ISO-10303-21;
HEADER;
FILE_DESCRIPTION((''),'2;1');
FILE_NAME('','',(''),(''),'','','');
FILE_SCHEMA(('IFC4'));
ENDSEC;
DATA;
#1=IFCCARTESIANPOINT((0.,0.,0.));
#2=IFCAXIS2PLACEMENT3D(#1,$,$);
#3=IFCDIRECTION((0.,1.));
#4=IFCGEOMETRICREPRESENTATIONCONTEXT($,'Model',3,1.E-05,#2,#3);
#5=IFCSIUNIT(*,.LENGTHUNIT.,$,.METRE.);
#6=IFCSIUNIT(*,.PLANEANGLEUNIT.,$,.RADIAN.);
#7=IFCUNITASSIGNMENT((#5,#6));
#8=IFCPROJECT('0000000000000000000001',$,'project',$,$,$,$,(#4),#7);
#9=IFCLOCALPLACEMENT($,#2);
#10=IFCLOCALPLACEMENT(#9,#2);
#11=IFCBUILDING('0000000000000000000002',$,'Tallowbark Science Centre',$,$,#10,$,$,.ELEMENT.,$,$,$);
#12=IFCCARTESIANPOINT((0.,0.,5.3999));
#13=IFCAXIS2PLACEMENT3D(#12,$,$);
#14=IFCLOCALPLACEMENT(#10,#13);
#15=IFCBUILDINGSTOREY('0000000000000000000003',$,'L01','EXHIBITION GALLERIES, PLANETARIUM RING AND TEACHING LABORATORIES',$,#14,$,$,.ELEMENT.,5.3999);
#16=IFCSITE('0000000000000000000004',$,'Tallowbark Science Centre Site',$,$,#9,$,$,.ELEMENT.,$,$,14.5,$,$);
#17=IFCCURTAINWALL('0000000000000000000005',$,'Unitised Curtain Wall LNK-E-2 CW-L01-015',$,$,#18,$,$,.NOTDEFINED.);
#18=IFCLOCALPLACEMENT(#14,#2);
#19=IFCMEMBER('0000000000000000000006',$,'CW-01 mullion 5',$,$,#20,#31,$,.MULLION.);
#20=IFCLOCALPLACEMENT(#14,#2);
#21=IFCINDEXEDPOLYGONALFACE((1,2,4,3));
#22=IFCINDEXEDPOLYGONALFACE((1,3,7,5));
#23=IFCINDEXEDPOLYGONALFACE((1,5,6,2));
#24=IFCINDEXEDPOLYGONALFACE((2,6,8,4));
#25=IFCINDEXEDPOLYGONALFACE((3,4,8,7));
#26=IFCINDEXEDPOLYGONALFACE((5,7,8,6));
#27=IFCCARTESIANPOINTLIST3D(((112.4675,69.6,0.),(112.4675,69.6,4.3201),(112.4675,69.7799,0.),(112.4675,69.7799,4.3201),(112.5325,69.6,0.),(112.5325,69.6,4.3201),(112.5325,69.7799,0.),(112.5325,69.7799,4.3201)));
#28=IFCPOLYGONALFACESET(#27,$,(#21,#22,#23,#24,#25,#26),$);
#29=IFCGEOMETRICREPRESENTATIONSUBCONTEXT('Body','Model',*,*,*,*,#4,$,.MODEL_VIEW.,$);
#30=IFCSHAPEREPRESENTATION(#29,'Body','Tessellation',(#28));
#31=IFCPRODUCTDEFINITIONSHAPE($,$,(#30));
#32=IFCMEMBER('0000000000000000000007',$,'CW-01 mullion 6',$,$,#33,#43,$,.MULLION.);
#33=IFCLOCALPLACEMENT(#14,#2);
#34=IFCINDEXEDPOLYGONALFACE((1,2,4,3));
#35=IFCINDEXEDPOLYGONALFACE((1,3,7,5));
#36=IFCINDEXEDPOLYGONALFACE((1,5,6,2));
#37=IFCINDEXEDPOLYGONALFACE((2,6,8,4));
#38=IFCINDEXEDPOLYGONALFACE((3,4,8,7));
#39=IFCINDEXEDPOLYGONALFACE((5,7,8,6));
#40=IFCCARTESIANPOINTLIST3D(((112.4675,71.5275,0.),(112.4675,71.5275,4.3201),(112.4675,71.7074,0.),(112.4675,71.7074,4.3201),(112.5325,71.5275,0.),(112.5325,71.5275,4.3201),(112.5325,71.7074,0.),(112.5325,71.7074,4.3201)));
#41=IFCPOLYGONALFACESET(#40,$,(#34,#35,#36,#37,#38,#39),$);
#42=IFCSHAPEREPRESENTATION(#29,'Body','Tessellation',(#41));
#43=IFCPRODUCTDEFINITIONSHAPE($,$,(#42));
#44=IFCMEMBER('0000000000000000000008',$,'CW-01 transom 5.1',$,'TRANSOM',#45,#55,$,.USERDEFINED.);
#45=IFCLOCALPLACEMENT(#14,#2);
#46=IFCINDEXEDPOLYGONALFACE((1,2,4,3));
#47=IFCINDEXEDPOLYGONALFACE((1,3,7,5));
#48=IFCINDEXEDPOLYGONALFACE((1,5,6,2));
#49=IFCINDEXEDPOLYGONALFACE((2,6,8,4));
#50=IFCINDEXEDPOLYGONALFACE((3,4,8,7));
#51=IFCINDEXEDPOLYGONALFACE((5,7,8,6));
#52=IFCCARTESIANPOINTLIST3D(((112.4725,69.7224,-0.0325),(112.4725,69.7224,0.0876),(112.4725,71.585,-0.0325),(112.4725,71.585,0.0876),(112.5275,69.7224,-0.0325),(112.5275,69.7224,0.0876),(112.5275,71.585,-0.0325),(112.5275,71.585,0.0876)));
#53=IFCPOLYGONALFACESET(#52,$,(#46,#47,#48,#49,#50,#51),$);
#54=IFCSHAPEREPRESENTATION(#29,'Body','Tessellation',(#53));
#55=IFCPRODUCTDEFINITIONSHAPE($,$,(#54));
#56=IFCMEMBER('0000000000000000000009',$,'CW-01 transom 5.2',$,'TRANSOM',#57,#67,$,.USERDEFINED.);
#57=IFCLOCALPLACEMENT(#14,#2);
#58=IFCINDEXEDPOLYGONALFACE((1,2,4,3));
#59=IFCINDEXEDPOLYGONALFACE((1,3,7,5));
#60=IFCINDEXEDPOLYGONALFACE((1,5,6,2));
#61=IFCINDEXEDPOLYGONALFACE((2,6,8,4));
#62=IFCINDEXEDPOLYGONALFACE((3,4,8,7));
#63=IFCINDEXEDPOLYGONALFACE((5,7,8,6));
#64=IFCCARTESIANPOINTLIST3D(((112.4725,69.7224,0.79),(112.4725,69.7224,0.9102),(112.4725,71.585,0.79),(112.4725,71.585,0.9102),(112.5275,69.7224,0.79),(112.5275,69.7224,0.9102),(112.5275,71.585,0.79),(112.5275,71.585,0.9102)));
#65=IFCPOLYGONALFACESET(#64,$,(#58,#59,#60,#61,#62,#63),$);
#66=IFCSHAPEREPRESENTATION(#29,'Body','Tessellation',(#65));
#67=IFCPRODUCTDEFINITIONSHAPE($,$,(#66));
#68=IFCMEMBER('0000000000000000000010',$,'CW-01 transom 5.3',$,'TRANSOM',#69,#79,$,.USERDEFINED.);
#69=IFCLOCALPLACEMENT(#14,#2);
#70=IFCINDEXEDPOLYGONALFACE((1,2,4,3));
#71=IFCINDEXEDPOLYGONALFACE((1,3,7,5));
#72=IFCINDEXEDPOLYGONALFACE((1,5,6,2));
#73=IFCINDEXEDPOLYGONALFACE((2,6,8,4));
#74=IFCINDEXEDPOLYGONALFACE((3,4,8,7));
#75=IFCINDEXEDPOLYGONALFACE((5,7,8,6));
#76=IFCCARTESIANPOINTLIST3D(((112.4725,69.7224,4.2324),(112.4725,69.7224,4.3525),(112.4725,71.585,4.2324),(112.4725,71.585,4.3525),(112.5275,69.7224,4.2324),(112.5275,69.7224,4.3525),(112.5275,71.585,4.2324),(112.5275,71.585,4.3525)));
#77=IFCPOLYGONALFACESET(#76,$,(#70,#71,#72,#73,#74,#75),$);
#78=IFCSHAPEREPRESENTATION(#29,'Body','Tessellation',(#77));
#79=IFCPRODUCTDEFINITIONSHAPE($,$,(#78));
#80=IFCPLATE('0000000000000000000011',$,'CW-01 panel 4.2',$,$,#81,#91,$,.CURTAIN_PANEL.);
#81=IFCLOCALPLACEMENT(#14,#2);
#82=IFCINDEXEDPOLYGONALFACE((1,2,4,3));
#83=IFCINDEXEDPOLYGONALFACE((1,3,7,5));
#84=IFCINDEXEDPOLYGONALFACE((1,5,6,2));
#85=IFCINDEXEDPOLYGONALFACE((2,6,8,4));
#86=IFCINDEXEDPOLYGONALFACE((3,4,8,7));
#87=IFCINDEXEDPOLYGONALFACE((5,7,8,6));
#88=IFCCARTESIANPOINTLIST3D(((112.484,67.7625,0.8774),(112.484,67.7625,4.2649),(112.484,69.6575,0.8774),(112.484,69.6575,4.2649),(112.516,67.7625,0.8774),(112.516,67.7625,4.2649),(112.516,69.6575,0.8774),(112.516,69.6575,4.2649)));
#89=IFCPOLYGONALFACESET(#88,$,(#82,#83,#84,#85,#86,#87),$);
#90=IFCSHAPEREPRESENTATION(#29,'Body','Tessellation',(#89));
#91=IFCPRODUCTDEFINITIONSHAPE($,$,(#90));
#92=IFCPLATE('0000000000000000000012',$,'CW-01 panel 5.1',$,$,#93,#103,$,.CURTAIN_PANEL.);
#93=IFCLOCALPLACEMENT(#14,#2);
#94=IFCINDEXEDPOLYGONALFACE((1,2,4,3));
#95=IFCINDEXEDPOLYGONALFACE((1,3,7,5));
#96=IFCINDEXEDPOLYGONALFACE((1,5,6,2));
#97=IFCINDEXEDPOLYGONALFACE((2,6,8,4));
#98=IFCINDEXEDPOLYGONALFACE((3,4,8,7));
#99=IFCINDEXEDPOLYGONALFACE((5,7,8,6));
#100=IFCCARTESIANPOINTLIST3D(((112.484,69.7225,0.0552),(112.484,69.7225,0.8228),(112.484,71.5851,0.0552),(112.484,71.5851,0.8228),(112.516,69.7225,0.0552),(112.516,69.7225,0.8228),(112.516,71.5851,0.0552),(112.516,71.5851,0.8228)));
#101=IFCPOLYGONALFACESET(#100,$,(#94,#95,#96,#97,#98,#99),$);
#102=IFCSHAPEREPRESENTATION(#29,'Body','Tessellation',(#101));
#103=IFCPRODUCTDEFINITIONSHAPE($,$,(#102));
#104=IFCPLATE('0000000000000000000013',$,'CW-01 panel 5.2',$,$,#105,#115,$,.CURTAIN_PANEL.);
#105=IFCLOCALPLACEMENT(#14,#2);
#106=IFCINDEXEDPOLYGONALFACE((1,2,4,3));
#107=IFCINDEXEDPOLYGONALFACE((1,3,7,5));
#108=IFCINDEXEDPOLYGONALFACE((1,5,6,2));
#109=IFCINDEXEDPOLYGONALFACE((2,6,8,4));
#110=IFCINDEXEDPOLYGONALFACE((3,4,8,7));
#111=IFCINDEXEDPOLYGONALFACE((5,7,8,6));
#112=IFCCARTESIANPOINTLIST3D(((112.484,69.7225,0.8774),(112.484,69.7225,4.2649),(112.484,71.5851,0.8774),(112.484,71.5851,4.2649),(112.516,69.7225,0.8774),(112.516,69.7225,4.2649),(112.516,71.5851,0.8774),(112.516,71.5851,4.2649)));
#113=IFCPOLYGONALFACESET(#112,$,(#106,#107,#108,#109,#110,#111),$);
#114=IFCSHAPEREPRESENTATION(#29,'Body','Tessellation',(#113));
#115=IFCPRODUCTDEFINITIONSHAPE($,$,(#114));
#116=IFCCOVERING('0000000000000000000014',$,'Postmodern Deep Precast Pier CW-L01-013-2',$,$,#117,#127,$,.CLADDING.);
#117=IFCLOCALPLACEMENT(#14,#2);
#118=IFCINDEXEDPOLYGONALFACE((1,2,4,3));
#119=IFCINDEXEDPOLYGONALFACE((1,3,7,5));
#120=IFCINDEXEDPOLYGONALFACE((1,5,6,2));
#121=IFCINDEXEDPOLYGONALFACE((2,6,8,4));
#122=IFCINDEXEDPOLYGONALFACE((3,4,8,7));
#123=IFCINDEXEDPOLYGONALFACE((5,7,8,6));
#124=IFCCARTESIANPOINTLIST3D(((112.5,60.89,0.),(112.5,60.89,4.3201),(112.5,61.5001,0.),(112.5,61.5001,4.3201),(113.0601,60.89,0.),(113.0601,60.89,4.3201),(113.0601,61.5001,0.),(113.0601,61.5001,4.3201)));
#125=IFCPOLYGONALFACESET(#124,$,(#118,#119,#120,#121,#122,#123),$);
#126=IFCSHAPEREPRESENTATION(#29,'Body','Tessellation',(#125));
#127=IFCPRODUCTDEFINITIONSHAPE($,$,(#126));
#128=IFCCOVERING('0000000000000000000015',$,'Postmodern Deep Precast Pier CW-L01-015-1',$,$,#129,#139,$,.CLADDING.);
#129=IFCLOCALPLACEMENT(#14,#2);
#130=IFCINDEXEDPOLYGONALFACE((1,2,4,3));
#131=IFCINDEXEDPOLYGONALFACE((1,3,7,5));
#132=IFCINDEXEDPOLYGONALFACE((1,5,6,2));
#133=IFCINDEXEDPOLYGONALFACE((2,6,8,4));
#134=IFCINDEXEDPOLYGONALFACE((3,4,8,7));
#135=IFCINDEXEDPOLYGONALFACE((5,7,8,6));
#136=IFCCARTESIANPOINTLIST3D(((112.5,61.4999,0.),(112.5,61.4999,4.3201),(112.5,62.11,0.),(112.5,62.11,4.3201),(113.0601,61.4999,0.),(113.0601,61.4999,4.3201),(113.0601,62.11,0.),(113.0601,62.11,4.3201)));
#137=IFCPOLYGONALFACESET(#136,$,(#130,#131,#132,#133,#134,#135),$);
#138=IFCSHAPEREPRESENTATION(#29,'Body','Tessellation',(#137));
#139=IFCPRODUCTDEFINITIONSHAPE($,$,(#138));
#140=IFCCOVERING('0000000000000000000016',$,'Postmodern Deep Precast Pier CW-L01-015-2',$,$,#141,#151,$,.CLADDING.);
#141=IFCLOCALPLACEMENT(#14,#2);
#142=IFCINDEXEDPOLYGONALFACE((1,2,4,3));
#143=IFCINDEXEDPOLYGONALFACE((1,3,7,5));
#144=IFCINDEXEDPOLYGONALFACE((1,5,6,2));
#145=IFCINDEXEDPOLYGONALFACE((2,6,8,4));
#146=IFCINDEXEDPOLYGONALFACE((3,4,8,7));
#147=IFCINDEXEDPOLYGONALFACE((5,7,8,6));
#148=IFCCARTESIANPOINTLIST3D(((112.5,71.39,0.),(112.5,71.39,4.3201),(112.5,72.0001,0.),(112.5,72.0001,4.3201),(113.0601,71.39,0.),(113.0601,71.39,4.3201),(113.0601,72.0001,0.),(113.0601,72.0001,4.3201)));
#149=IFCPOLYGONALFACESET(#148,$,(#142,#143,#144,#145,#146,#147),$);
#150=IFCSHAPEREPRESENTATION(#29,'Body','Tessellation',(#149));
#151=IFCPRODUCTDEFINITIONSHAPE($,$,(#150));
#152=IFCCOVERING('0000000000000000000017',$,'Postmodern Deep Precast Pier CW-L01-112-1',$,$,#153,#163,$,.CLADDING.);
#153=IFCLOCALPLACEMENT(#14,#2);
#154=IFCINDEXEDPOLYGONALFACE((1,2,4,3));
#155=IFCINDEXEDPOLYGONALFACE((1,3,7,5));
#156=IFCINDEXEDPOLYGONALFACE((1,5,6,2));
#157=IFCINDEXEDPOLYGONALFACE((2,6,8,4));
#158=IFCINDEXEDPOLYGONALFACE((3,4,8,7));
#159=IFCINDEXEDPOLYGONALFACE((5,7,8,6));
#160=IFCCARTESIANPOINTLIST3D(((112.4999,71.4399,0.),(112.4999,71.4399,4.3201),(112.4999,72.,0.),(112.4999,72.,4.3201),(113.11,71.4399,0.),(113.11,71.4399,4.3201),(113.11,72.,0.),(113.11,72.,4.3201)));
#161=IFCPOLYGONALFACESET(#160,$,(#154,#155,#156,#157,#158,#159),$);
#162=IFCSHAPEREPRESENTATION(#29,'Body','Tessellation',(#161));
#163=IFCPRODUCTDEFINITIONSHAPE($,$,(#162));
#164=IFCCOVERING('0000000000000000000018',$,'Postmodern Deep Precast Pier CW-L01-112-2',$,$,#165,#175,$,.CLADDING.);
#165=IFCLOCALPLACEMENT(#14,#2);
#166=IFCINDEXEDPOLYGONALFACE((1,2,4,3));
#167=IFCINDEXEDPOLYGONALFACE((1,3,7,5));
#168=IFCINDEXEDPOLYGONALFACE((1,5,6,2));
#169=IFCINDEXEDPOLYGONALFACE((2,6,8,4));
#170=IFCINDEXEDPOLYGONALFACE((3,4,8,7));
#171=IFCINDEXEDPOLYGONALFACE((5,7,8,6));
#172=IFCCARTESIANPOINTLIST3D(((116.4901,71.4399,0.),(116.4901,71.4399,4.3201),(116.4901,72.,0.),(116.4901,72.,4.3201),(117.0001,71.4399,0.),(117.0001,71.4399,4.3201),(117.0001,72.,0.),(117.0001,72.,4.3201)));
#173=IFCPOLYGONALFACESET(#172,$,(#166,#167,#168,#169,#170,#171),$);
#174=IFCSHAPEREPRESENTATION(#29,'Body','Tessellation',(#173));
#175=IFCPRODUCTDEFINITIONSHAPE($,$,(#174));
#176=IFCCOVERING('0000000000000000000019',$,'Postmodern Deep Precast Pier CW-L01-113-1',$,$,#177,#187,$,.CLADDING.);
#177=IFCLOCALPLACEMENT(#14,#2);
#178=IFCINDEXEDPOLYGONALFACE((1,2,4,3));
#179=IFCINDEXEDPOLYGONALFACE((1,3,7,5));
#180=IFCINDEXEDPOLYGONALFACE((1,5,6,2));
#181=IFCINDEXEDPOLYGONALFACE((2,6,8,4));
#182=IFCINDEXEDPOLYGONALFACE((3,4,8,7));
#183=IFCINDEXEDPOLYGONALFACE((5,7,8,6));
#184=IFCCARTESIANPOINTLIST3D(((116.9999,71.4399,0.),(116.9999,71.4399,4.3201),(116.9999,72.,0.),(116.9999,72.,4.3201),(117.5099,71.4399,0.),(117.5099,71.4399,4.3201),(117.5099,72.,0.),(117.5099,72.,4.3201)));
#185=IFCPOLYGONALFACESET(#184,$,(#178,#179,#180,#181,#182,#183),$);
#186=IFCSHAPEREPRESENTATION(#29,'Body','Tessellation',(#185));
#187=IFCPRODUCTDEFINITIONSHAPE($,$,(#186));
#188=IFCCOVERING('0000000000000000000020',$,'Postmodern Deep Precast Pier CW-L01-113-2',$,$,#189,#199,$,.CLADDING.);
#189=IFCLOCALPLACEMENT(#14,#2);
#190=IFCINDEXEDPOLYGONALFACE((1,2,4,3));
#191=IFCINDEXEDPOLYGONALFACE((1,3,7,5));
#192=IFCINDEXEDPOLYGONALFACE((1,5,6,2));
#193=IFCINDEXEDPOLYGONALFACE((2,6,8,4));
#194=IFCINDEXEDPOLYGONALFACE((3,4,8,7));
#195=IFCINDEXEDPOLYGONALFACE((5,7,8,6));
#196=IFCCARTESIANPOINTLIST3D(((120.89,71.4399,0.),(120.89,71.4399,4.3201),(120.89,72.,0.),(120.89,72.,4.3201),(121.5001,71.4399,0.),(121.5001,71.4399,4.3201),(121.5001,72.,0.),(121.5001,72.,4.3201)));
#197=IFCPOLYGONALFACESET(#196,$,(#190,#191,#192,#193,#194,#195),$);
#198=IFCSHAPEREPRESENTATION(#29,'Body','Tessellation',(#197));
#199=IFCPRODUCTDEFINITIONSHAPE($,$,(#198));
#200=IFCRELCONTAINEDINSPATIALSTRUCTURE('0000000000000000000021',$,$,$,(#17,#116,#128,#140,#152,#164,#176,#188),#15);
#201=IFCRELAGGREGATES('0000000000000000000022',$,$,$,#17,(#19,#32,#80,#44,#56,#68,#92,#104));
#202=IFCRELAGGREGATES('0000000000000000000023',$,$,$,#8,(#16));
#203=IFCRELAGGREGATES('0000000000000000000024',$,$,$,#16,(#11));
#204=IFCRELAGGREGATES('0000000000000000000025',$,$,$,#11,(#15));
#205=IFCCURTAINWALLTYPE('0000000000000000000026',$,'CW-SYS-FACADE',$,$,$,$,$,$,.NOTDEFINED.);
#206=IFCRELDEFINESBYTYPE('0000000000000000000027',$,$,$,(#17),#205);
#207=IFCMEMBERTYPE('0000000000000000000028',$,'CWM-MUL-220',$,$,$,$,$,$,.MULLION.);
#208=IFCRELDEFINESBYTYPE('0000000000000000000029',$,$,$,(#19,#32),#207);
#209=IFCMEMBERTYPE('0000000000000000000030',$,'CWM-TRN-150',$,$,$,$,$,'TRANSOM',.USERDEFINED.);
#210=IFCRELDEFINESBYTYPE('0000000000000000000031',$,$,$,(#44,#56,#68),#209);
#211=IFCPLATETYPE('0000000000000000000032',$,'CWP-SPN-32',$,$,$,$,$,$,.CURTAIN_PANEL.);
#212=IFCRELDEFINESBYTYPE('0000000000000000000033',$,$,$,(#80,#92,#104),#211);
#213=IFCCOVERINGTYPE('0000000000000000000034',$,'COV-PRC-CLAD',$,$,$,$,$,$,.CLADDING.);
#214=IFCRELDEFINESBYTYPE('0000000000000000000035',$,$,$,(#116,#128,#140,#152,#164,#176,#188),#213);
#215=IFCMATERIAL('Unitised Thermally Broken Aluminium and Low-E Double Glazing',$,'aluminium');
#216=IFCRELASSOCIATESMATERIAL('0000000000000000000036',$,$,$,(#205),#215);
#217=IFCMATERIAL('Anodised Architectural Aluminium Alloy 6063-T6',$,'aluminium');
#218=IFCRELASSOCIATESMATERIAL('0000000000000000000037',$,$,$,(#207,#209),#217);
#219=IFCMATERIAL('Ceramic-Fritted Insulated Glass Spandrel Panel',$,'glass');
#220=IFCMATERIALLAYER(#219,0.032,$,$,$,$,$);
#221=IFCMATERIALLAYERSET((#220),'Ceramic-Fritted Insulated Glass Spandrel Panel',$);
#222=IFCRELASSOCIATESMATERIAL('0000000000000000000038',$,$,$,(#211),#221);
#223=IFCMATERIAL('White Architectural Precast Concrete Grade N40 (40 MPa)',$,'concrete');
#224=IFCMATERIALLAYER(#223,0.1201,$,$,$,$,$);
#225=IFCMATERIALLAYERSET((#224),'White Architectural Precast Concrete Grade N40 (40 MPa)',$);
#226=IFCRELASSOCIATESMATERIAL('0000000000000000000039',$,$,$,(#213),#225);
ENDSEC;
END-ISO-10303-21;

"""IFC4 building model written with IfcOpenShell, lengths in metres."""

from ifc_helpers import new_model, si_unit, direction, frame, origin, origin_2d, place, context, subcontext, project, spatial, rectangle, extrude, material, layer, layer_set, material_profile, profile_set, type_object, element, aggregate, save


model = new_model("IFC4")

# Units and contexts
model_context = context("Model", 3, precision=1e-05, world=origin(), true_north=direction((0.0, 1.0)))
body_context = subcontext(model_context, "Body", "Model", "MODEL_VIEW")
ifc_project = project(units=[si_unit("LENGTHUNIT", "METRE"), si_unit("PLANEANGLEUNIT", "RADIAN")], contexts=[model_context])

# Site, building, storey
site_placement = place(None, origin())
site = spatial("IfcSite", under=ifc_project, at=site_placement, Name="Tallowbark Science Centre Site", CompositionType="ELEMENT", RefElevation=14.5)
building_placement = place(site_placement, origin())
building = spatial("IfcBuilding", under=site, at=building_placement, Name="Tallowbark Science Centre", CompositionType="ELEMENT")
storey_placement = place(building_placement, frame((0.0, 0.0, 5.3999)))
storey = spatial("IfcBuildingStorey", under=building, at=storey_placement, Name="L01", Description="EXHIBITION GALLERIES, PLANETARIUM RING AND TEACHING LABORATORIES", CompositionType="ELEMENT", Elevation=5.3999)

# Curtain wall, members, plates
ifc_material_1 = material(Name="Unitised Thermally Broken Aluminium and Low-E Double Glazing", Category="aluminium")
curtain_wall_type = type_object("IfcCurtainWallType", Name="CW-SYS-FACADE", PredefinedType="NOTDEFINED", material=ifc_material_1)
curtain_wall_placement = place(storey_placement, origin())
curtain_wall = element("IfcCurtainWall", 1, at=curtain_wall_placement, inside=storey, type_object=curtain_wall_type, Name="Unitised Curtain Wall LNK-E-2 CW-L01-015", PredefinedType="NOTDEFINED")
ifc_material_2 = material(Name="Anodised Architectural Aluminium Alloy 6063-T6", Category="aluminium")
ifc_material_profile_1 = material_profile(ifc_material_2, rectangle(XDim=0.0649, YDim=0.1799, at=origin_2d()), Name="ALU65x180")
ifc_profile_set_1 = profile_set([ifc_material_profile_1], Name="Anodised Architectural Aluminium Alloy 6063-T6")
member_type_1 = type_object("IfcMemberType", Name="CWM-MUL-220", PredefinedType="MULLION", material=ifc_profile_set_1)
member_1_placement = place(storey_placement, frame((112.5, 69.6899, 0.0), z_axis=(0.0, 0.0, 1.0), x_axis=(-1.0, 0.0, 0.0)))
member_1 = element("IfcMember", 2, at=member_1_placement, type_object=member_type_1, Name="CW-01 mullion 5", PredefinedType="MULLION", context=body_context, shape_type="SweptSolid", body=[
    extrude(rectangle(XDim=0.0649, YDim=0.1799, at=origin_2d()), origin(), (0.0, 0.0, 1.0), 4.3201),
])
member_2_placement = place(storey_placement, frame((112.5, 71.6174, 0.0), z_axis=(0.0, 0.0, 1.0), x_axis=(-1.0, 0.0, 0.0)))
member_2 = element("IfcMember", 3, at=member_2_placement, type_object=member_type_1, Name="CW-01 mullion 6", PredefinedType="MULLION", context=body_context, shape_type="SweptSolid", body=[
    extrude(rectangle(XDim=0.0649, YDim=0.1799, at=origin_2d()), origin(), (0.0, 0.0, 1.0), 4.3201),
])
ifc_material_profile_2 = material_profile(ifc_material_2, rectangle(XDim=0.0549, YDim=0.1201, at=origin_2d()), Name="ALU55x120")
ifc_profile_set_2 = profile_set([ifc_material_profile_2], Name="Anodised Architectural Aluminium Alloy 6063-T6")
member_type_2 = type_object("IfcMemberType", Name="CWM-TRN-150", ElementType="TRANSOM", PredefinedType="USERDEFINED", material=ifc_profile_set_2)
member_3_placement = place(storey_placement, frame((112.5, 69.7224, 0.0276), z_axis=(0.0, 1.0, 0.0), x_axis=(-1.0, 0.0, 0.0)))
member_3 = element("IfcMember", 4, at=member_3_placement, type_object=member_type_2, Name="CW-01 transom 5.1", ObjectType="TRANSOM", PredefinedType="USERDEFINED", context=body_context, shape_type="SweptSolid", body=[
    extrude(rectangle(XDim=0.0549, YDim=0.1201, at=origin_2d()), origin(), (0.0, 0.0, 1.0), 1.8625),
])
member_4_placement = place(storey_placement, frame((112.5, 69.7224, 0.8501), z_axis=(0.0, 1.0, 0.0), x_axis=(-1.0, 0.0, 0.0)))
member_4 = element("IfcMember", 5, at=member_4_placement, type_object=member_type_2, Name="CW-01 transom 5.2", ObjectType="TRANSOM", PredefinedType="USERDEFINED", context=body_context, shape_type="SweptSolid", body=[
    extrude(rectangle(XDim=0.0549, YDim=0.1201, at=origin_2d()), origin(), (0.0, 0.0, 1.0), 1.8625),
])
member_5_placement = place(storey_placement, frame((112.5, 69.7224, 4.2925), z_axis=(0.0, 1.0, 0.0), x_axis=(-1.0, 0.0, 0.0)))
member_5 = element("IfcMember", 6, at=member_5_placement, type_object=member_type_2, Name="CW-01 transom 5.3", ObjectType="TRANSOM", PredefinedType="USERDEFINED", context=body_context, shape_type="SweptSolid", body=[
    extrude(rectangle(XDim=0.0549, YDim=0.1201, at=origin_2d()), origin(), (0.0, 0.0, 1.0), 1.8625),
])
ifc_material_3 = material(Name="Ceramic-Fritted Insulated Glass Spandrel Panel", Category="glass")
ifc_layer_1 = layer(ifc_material_3, 0.032)
ifc_layer_set_1 = layer_set([ifc_layer_1], Name="Ceramic-Fritted Insulated Glass Spandrel Panel")
plate_type = type_object("IfcPlateType", Name="CWP-SPN-32", PredefinedType="CURTAIN_PANEL", material=ifc_layer_set_1)
plate_1_placement = place(storey_placement, frame((112.5, 68.71, 0.8774), z_axis=(0.0, 0.0, 1.0), x_axis=(0.0, 1.0, 0.0)))
plate_1 = element("IfcPlate", 7, at=plate_1_placement, type_object=plate_type, Name="CW-01 panel 4.2", PredefinedType="CURTAIN_PANEL", context=body_context, shape_type="SweptSolid", body=[
    extrude(rectangle(XDim=1.895, YDim=0.032, at=origin_2d()), origin(), (0.0, 0.0, 1.0), 3.3875),
])
plate_2_placement = place(storey_placement, frame((112.5, 70.6538, 0.0552), z_axis=(0.0, 0.0, 1.0), x_axis=(0.0, 1.0, 0.0)))
plate_2 = element("IfcPlate", 8, at=plate_2_placement, type_object=plate_type, Name="CW-01 panel 5.1", PredefinedType="CURTAIN_PANEL", context=body_context, shape_type="SweptSolid", body=[
    extrude(rectangle(XDim=1.8625, YDim=0.032, at=origin_2d()), origin(), (0.0, 0.0, 1.0), 0.7676),
])
plate_3_placement = place(storey_placement, frame((112.5, 70.6538, 0.8774), z_axis=(0.0, 0.0, 1.0), x_axis=(0.0, 1.0, 0.0)))
plate_3 = element("IfcPlate", 9, at=plate_3_placement, type_object=plate_type, Name="CW-01 panel 5.2", PredefinedType="CURTAIN_PANEL", context=body_context, shape_type="SweptSolid", body=[
    extrude(rectangle(XDim=1.8625, YDim=0.032, at=origin_2d()), origin(), (0.0, 0.0, 1.0), 3.3875),
])
aggregate(curtain_wall, [member_1, member_2, plate_1, member_3, member_4, member_5, plate_2, plate_3])

# Coverings
ifc_material_4 = material(Name="White Architectural Precast Concrete Grade N40 (40 MPa)", Category="concrete")
ifc_layer_2 = layer(ifc_material_4, 0.1201)
ifc_layer_set_2 = layer_set([ifc_layer_2], Name="White Architectural Precast Concrete Grade N40 (40 MPa)")
covering_type_1 = type_object("IfcCoveringType", Name="COV-PRC-CLAD", PredefinedType="CLADDING", material=ifc_layer_set_2)
for number, where, z_axis, x_axis, name in (
    (10, (112.78, 61.1951, 0.0), (0.0, 0.0, 1.0), (0.0, 1.0, 0.0), "Postmodern Deep Precast Pier CW-L01-013-2"),
    (11, (112.78, 61.8049, 0.0), (0.0, 0.0, 1.0), (0.0, 1.0, 0.0), "Postmodern Deep Precast Pier CW-L01-015-1"),
    (12, (112.78, 71.6951, 0.0), (0.0, 0.0, 1.0), (0.0, 1.0, 0.0), "Postmodern Deep Precast Pier CW-L01-015-2"),
    (13, (112.8049, 71.72, 0.0), (0.0, 0.0, 1.0), (1.0, 0.0, 0.0), "Postmodern Deep Precast Pier CW-L01-112-1"),
):
    element("IfcCovering", number, at=place(storey_placement, frame(where, z_axis=z_axis, x_axis=x_axis)), inside=storey, type_object=covering_type_1, Name=name, PredefinedType="CLADDING", context=body_context, shape_type="SweptSolid", body=[
        extrude(rectangle(XDim=0.6101, YDim=0.5601, at=origin_2d()), origin(), (0.0, 0.0, 1.0), 4.3201),
    ])
for number, where, z_axis, x_axis, name in (
    (14, (116.7451, 71.72, 0.0), (0.0, 0.0, 1.0), (1.0, 0.0, 0.0), "Postmodern Deep Precast Pier CW-L01-112-2"),
    (15, (117.2549, 71.72, 0.0), (0.0, 0.0, 1.0), (1.0, 0.0, 0.0), "Postmodern Deep Precast Pier CW-L01-113-1"),
):
    element("IfcCovering", number, at=place(storey_placement, frame(where, z_axis=z_axis, x_axis=x_axis)), inside=storey, type_object=covering_type_1, Name=name, PredefinedType="CLADDING", context=body_context, shape_type="SweptSolid", body=[
        extrude(rectangle(XDim=0.51, YDim=0.5601, at=origin_2d()), origin(), (0.0, 0.0, 1.0), 4.3201),
    ])
for number, where, z_axis, x_axis, name in (
    (16, (121.1951, 71.72, 0.0), (0.0, 0.0, 1.0), (1.0, 0.0, 0.0), "Postmodern Deep Precast Pier CW-L01-113-2"),
):
    element("IfcCovering", number, at=place(storey_placement, frame(where, z_axis=z_axis, x_axis=x_axis)), inside=storey, type_object=covering_type_1, Name=name, PredefinedType="CLADDING", context=body_context, shape_type="SweptSolid", body=[
        extrude(rectangle(XDim=0.6101, YDim=0.5601, at=origin_2d()), origin(), (0.0, 0.0, 1.0), 4.3201),
    ])

save(model, "model.ifc")
